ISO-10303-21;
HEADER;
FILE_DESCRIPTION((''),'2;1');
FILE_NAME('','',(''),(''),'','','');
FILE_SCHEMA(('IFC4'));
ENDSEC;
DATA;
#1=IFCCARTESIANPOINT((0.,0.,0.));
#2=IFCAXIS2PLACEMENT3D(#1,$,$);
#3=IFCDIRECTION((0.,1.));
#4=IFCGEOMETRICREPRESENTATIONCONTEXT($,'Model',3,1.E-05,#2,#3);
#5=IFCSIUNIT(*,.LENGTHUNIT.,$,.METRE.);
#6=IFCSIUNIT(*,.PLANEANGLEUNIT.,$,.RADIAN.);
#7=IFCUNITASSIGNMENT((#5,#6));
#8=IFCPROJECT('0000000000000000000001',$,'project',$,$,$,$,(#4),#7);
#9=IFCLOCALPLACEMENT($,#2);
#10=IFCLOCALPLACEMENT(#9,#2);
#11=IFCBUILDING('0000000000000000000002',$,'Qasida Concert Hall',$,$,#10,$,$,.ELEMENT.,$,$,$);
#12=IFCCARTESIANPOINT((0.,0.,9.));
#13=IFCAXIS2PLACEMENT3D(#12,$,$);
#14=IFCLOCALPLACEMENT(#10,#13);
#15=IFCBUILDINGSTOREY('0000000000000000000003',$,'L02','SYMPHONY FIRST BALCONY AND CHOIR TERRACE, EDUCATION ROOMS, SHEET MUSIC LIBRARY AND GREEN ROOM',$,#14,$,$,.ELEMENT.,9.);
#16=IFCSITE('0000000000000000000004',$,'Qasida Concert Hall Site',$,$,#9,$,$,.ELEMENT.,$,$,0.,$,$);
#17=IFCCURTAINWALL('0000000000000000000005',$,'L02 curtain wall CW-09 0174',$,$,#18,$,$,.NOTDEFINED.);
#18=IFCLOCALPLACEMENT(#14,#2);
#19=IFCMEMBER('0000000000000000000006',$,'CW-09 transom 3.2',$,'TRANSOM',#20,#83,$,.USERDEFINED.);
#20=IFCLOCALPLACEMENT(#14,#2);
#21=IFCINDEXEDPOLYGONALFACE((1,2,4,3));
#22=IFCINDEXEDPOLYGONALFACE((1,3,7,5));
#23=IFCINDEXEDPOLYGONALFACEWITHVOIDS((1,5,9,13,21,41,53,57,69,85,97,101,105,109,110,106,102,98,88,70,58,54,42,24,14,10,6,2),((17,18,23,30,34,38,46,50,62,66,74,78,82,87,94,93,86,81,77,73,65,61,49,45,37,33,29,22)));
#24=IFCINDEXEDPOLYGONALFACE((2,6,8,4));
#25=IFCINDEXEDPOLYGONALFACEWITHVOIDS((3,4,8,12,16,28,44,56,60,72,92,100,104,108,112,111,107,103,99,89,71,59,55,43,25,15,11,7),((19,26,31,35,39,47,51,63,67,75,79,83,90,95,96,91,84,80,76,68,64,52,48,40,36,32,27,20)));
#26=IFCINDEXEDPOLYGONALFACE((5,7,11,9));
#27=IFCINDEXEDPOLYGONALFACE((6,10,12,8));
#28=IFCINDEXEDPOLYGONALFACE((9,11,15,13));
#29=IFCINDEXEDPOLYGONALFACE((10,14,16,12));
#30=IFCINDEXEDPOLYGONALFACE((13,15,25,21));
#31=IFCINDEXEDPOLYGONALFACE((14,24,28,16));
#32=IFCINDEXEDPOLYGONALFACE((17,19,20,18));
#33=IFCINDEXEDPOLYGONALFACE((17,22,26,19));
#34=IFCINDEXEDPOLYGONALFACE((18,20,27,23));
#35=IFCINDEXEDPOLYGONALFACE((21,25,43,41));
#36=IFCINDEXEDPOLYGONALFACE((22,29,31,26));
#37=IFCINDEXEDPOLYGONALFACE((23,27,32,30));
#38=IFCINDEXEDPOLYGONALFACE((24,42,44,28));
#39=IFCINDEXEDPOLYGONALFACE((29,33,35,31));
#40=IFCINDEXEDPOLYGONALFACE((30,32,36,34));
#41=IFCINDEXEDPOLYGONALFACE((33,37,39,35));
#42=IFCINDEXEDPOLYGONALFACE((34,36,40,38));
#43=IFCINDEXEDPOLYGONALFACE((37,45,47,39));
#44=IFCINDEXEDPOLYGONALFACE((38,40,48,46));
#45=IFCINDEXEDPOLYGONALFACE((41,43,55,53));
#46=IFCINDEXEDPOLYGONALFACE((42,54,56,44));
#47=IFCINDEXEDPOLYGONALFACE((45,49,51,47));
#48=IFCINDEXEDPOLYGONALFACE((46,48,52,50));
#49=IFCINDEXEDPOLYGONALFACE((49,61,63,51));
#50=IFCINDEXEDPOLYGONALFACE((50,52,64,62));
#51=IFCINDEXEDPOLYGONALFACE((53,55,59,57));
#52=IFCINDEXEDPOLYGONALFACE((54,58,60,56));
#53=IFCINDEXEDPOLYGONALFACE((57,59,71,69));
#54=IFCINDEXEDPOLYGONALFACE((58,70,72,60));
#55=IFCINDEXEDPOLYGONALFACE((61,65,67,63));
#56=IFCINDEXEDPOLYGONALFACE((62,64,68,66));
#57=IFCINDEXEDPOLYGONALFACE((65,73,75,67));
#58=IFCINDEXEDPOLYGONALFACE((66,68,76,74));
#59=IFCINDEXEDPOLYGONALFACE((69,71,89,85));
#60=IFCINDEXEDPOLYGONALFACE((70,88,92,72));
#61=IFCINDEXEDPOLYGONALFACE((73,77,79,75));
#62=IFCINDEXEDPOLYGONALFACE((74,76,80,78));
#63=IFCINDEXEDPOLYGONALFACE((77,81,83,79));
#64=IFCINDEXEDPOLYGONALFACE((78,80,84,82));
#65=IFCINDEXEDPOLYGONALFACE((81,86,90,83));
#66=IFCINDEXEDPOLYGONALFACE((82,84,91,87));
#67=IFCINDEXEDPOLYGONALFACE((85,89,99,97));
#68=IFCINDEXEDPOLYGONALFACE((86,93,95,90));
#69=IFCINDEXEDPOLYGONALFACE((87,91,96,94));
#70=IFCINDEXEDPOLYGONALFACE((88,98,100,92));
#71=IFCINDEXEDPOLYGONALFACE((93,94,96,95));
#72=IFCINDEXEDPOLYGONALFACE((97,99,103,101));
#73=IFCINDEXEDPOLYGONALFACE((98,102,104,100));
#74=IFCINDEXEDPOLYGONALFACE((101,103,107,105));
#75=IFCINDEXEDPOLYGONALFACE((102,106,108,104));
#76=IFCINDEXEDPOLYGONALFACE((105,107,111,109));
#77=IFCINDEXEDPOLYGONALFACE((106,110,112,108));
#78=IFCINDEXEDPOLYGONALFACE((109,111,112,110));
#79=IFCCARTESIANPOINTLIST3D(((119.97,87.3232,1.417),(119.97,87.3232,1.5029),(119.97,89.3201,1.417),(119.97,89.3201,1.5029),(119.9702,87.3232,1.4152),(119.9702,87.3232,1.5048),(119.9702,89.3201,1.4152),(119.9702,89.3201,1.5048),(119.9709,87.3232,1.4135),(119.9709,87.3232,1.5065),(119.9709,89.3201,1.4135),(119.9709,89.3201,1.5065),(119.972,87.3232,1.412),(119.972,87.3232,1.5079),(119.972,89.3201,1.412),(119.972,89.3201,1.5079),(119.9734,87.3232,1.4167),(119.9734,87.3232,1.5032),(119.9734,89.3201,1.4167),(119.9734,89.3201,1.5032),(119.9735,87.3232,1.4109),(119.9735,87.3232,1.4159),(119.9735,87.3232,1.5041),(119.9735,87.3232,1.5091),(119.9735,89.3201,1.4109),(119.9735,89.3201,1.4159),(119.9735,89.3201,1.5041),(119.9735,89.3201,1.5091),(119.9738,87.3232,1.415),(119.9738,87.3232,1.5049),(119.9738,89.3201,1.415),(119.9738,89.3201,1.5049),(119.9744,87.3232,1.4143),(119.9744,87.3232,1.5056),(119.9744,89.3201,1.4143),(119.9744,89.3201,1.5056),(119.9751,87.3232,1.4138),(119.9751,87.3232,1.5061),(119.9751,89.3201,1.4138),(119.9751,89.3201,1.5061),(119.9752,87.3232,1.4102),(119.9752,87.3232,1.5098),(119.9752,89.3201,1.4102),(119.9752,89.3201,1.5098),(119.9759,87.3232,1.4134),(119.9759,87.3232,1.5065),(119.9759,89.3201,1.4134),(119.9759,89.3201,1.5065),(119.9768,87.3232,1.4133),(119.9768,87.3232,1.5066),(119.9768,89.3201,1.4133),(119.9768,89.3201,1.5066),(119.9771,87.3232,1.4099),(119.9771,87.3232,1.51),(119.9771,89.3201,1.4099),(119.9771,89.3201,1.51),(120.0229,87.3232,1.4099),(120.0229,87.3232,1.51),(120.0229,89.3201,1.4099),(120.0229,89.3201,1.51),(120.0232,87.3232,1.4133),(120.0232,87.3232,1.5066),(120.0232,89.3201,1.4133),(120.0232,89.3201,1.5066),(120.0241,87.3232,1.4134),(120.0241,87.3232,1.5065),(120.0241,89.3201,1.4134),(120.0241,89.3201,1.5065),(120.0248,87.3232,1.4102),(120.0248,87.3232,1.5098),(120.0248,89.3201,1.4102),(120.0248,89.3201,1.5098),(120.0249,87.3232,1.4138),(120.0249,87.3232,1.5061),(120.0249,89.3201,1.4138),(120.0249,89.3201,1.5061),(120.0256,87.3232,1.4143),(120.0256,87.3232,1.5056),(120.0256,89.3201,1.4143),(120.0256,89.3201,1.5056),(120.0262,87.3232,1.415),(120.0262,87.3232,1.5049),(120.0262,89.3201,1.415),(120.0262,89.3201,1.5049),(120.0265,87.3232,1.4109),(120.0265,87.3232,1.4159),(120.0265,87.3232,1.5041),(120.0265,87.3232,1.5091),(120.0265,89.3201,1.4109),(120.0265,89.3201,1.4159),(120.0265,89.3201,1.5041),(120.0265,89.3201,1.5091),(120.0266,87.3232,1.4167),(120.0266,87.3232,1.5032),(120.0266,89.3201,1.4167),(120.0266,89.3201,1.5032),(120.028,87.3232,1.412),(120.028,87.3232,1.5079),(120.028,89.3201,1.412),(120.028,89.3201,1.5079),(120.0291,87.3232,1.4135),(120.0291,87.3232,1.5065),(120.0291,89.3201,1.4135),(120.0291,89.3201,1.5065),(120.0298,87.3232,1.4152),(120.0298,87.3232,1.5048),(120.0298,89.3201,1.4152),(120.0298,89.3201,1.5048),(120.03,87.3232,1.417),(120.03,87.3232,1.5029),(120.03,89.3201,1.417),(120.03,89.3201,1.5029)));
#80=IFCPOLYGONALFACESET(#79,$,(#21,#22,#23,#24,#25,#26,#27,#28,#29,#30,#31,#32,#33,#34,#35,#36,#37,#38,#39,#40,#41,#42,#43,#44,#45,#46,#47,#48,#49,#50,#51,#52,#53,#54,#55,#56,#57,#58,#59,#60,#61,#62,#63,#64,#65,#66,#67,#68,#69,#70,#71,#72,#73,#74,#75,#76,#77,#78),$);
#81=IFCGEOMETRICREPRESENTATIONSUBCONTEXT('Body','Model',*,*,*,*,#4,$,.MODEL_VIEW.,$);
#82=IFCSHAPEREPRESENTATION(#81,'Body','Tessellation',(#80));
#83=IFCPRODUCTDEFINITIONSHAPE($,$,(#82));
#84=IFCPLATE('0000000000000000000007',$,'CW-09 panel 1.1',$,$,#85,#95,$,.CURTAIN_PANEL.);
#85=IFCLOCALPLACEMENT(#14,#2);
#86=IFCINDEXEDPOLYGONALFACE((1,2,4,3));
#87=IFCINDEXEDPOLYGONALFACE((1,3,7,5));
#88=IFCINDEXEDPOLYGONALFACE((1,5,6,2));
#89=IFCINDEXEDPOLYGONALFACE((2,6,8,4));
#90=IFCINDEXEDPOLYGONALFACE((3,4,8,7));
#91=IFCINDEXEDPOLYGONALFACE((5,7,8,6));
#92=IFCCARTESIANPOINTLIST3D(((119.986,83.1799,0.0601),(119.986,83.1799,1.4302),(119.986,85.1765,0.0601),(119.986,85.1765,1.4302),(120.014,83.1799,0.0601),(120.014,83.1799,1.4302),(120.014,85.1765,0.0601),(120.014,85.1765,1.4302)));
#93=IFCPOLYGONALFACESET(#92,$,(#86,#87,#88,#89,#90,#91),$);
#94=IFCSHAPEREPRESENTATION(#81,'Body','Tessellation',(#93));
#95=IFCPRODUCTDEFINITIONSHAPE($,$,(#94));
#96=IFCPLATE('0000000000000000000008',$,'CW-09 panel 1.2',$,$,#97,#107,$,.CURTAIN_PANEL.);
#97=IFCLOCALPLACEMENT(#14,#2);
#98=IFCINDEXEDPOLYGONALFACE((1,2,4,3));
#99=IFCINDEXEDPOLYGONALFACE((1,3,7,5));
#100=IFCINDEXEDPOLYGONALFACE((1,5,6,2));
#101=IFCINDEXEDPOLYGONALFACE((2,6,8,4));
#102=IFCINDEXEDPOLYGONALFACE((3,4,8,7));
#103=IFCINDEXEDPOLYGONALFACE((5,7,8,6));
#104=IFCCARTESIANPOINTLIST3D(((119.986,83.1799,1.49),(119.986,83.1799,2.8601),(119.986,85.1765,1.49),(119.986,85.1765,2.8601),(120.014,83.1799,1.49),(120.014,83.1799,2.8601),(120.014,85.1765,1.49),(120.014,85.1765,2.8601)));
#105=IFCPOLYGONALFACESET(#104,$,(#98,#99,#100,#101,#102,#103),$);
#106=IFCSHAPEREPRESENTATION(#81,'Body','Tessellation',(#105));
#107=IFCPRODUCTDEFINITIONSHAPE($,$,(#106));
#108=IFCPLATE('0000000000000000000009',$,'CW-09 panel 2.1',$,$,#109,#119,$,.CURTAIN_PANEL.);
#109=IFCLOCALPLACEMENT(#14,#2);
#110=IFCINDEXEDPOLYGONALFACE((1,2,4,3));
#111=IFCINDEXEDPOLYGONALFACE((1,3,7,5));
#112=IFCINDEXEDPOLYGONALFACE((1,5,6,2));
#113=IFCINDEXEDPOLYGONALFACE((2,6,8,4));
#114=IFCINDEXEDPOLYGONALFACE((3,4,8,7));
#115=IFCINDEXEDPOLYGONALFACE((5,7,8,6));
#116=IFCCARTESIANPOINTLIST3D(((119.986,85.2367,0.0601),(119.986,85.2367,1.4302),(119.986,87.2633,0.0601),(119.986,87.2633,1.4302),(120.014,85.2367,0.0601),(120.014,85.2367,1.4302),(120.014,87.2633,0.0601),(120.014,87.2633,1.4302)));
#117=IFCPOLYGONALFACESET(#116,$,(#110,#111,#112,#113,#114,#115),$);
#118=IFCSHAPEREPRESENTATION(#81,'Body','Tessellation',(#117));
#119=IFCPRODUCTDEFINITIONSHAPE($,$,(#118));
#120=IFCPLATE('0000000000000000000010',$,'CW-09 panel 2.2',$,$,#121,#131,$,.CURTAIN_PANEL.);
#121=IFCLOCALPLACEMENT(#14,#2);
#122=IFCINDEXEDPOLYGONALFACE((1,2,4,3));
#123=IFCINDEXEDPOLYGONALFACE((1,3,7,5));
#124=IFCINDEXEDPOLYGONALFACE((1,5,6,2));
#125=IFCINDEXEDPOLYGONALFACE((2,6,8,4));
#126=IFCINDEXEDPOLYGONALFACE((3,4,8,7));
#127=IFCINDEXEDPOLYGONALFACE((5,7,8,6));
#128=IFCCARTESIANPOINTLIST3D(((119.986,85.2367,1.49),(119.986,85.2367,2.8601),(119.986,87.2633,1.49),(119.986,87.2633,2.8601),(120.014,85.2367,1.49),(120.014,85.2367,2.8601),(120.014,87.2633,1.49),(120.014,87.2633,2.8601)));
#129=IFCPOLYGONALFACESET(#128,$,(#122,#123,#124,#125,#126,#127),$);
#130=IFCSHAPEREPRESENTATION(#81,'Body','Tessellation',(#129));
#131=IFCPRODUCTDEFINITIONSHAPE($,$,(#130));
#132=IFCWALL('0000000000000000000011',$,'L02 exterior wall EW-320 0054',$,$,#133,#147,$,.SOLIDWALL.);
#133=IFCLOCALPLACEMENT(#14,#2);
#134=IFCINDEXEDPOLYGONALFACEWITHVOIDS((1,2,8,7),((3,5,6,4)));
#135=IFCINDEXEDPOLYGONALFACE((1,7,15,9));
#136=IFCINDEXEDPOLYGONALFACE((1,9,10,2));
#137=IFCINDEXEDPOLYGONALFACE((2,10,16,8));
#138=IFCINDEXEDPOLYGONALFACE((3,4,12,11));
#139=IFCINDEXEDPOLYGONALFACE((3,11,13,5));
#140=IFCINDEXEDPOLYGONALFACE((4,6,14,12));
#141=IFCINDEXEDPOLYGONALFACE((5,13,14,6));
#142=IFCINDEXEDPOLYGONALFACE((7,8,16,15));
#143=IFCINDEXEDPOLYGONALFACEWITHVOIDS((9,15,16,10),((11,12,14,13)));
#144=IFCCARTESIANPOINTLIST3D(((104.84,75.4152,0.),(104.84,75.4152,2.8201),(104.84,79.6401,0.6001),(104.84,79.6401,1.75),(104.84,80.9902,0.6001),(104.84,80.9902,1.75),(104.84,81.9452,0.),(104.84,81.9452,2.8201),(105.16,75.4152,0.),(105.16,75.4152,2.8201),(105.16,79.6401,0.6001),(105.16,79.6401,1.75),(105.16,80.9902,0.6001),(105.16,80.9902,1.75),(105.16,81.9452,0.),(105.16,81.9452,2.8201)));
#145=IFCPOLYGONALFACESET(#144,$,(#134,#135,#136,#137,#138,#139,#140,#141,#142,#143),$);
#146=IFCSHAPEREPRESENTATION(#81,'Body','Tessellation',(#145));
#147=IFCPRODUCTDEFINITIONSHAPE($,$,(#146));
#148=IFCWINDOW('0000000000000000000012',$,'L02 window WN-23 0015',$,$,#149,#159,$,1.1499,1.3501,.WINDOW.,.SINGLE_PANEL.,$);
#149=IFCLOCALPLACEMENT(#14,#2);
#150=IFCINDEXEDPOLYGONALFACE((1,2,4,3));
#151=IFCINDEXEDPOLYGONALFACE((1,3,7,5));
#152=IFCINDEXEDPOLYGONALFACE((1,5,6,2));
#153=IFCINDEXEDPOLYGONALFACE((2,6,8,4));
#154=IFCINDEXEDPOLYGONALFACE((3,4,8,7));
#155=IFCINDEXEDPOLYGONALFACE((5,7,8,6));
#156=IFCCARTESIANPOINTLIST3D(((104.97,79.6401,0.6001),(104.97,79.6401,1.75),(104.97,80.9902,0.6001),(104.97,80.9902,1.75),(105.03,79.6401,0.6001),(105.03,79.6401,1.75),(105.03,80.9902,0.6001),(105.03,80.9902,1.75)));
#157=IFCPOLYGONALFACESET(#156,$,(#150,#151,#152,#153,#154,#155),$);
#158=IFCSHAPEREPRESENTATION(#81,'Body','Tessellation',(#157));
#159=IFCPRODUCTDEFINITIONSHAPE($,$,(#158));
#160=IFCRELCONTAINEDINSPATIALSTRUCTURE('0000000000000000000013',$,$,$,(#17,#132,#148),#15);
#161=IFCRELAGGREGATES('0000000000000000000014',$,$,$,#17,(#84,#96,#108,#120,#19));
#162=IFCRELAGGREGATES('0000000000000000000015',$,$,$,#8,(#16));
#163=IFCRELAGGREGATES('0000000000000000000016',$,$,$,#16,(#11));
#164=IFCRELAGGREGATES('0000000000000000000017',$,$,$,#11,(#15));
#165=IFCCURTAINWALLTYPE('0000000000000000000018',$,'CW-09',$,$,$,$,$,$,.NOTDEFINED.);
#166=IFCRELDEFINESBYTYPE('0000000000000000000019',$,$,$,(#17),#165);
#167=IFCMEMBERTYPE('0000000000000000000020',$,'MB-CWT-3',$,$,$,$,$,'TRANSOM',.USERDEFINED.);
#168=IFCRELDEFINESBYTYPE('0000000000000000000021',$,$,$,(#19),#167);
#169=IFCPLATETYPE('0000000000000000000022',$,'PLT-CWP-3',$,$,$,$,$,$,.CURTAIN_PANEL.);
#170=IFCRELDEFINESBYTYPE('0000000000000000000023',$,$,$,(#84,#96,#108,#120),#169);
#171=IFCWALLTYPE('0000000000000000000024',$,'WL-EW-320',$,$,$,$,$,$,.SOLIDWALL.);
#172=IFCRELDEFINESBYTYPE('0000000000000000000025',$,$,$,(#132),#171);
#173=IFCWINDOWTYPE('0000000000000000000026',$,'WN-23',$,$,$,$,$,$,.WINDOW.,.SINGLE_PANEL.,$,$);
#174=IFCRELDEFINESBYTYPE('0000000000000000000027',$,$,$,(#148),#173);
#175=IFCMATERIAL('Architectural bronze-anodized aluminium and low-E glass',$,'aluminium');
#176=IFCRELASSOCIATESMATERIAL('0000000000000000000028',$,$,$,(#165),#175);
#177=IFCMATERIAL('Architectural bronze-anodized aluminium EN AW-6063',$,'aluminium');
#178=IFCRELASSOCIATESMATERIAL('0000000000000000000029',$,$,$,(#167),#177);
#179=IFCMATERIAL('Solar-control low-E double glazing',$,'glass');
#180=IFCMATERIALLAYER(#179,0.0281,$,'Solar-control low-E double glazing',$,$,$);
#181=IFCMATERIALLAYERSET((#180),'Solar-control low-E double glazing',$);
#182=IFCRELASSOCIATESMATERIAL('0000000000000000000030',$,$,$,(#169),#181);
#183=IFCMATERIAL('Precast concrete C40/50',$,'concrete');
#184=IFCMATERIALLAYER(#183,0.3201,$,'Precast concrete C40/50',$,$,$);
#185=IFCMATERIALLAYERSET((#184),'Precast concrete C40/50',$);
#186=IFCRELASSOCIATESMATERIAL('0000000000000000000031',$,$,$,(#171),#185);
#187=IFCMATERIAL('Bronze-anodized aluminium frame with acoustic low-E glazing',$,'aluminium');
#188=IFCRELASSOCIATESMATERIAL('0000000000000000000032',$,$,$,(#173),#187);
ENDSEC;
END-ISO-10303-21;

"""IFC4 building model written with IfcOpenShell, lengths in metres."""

from ifc_helpers import new_model, si_unit, direction, frame, frame_2d, origin, origin_2d, place, context, subcontext, project, spatial, rectangle, hollow_rectangle, extrude, material, layer, layer_set, material_profile, profile_set, type_object, element, fill, aggregate, save


model = new_model("IFC4")

# Units and contexts
model_context = context("Model", 3, precision=1e-05, world=origin(), true_north=direction((0.0, 1.0)))
body_context = subcontext(model_context, "Body", "Model", "MODEL_VIEW")
ifc_project = project(units=[si_unit("LENGTHUNIT", "METRE"), si_unit("PLANEANGLEUNIT", "RADIAN")], contexts=[model_context])

# Site, building, storey
site_placement = place(None, origin())
site = spatial("IfcSite", under=ifc_project, at=site_placement, Name="Qasida Concert Hall Site", CompositionType="ELEMENT", RefElevation=0.0)
building_placement = place(site_placement, origin())
building = spatial("IfcBuilding", under=site, at=building_placement, Name="Qasida Concert Hall", CompositionType="ELEMENT")
storey_placement = place(building_placement, frame((0.0, 0.0, 9.0)))
storey = spatial("IfcBuildingStorey", under=building, at=storey_placement, Name="L02", Description="SYMPHONY FIRST BALCONY AND CHOIR TERRACE, EDUCATION ROOMS, SHEET MUSIC LIBRARY AND GREEN ROOM", CompositionType="ELEMENT", Elevation=9.0)

# Curtain wall, member, plates
ifc_material_1 = material(Name="Architectural bronze-anodized aluminium and low-E glass", Category="aluminium")
curtain_wall_type = type_object("IfcCurtainWallType", Name="CW-09", PredefinedType="NOTDEFINED", material=ifc_material_1)
curtain_wall_placement = place(storey_placement, origin())
curtain_wall = element("IfcCurtainWall", 1, at=curtain_wall_placement, inside=storey, type_object=curtain_wall_type, Name="L02 curtain wall CW-09 0174", PredefinedType="NOTDEFINED")
ifc_material_2 = material(Name="Architectural bronze-anodized aluminium EN AW-6063", Category="aluminium")
ifc_material_profile_1 = material_profile(ifc_material_2, hollow_rectangle(XDim=0.0601, YDim=0.1001, WallThickness=0.0034, InnerFilletRadius=0.0034, OuterFilletRadius=0.0071, at=origin_2d()), Name="CWT 100x60x3.5")
ifc_profile_set_1 = profile_set([ifc_material_profile_1], Name="Architectural bronze-anodized aluminium EN AW-6063")
member_type_1 = type_object("IfcMemberType", Name="MB-CWT-3", ElementType="TRANSOM", PredefinedType="USERDEFINED", material=ifc_profile_set_1)
member_1_placement = place(storey_placement, frame((120.0, 87.3232, 1.46), z_axis=(0.0, 1.0, 0.0), x_axis=(-1.0, 0.0, 0.0)))
member_1 = element("IfcMember", 2, at=member_1_placement, type_object=member_type_1, Name="CW-09 transom 3.2", ObjectType="TRANSOM", PredefinedType="USERDEFINED", context=body_context, shape_type="SweptSolid", body=[
    extrude(hollow_rectangle(XDim=0.0601, YDim=0.1001, WallThickness=0.0034, InnerFilletRadius=0.0034, OuterFilletRadius=0.0071, at=origin_2d()), origin(), (0.0, 0.0, 1.0), 1.9968),
])
ifc_material_3 = material(Name="Solar-control low-E double glazing", Category="glass")
ifc_layer_1 = layer(ifc_material_3, 0.0281, Name="Solar-control low-E double glazing")
ifc_layer_set_1 = layer_set([ifc_layer_1], Name="Solar-control low-E double glazing")
plate_type = type_object("IfcPlateType", Name="PLT-CWP-3", PredefinedType="CURTAIN_PANEL", material=ifc_layer_set_1)
plate_1_placement = place(storey_placement, frame((120.0, 84.1782, 0.0601), z_axis=(0.0, 0.0, 1.0), x_axis=(0.0, 1.0, 0.0)))
plate_1 = element("IfcPlate", 3, at=plate_1_placement, type_object=plate_type, Name="CW-09 panel 1.1", PredefinedType="CURTAIN_PANEL", context=body_context, shape_type="SweptSolid", body=[
    extrude(rectangle(XDim=1.9966, YDim=0.0281, at=origin_2d()), origin(), (0.0, 0.0, 1.0), 1.3701),
])
plate_2_placement = place(storey_placement, frame((120.0, 84.1782, 1.49), z_axis=(0.0, 0.0, 1.0), x_axis=(0.0, 1.0, 0.0)))
plate_2 = element("IfcPlate", 4, at=plate_2_placement, type_object=plate_type, Name="CW-09 panel 1.2", PredefinedType="CURTAIN_PANEL", context=body_context, shape_type="SweptSolid", body=[
    extrude(rectangle(XDim=1.9966, YDim=0.0281, at=origin_2d()), origin(), (0.0, 0.0, 1.0), 1.3701),
])
plate_3_placement = place(storey_placement, frame((120.0, 86.25, 0.0601), z_axis=(0.0, 0.0, 1.0), x_axis=(0.0, 1.0, 0.0)))
plate_3 = element("IfcPlate", 5, at=plate_3_placement, type_object=plate_type, Name="CW-09 panel 2.1", PredefinedType="CURTAIN_PANEL", context=body_context, shape_type="SweptSolid", body=[
    extrude(rectangle(XDim=2.0266, YDim=0.0281, at=origin_2d()), origin(), (0.0, 0.0, 1.0), 1.3701),
])
plate_4_placement = place(storey_placement, frame((120.0, 86.25, 1.49), z_axis=(0.0, 0.0, 1.0), x_axis=(0.0, 1.0, 0.0)))
plate_4 = element("IfcPlate", 6, at=plate_4_placement, type_object=plate_type, Name="CW-09 panel 2.2", PredefinedType="CURTAIN_PANEL", context=body_context, shape_type="SweptSolid", body=[
    extrude(rectangle(XDim=2.0266, YDim=0.0281, at=origin_2d()), origin(), (0.0, 0.0, 1.0), 1.3701),
])
aggregate(curtain_wall, [plate_1, plate_2, plate_3, plate_4, member_1])

# Wall, opening, window
ifc_material_4 = material(Name="Precast concrete C40/50", Category="concrete")
ifc_layer_2 = layer(ifc_material_4, 0.3201, Name="Precast concrete C40/50")
ifc_layer_set_2 = layer_set([ifc_layer_2], Name="Precast concrete C40/50")
wall_type = type_object("IfcWallType", Name="WL-EW-320", PredefinedType="SOLIDWALL", material=ifc_layer_set_2)
wall_1_placement = place(storey_placement, frame((105.0, 75.415, 0.0), z_axis=(0.0, 0.0, 1.0), x_axis=(0.0, 1.0, 0.0)))
wall_1 = element("IfcWall", 7, at=wall_1_placement, inside=storey, type_object=wall_type, Name="L02 exterior wall EW-320 0054", PredefinedType="SOLIDWALL", context=body_context, shape_type="SweptSolid", body=[
    extrude(rectangle(XDim=6.53, YDim=0.3201, at=frame_2d((3.2651, 0.0))), origin(), (0.0, 0.0, 1.0), 2.8201),
])
opening_1_placement = place(wall_1_placement, frame((4.2251, 0.0, 0.6001)))
opening_1 = element("IfcOpeningElement", 8, at=opening_1_placement, cuts=wall_1, PredefinedType="OPENING", context=body_context, shape_type="SweptSolid", body=[
    extrude(rectangle(XDim=1.3501, YDim=1.1499, at=frame_2d((0.675, 0.575))), frame((0.0, 0.1699, 0.0), z_axis=(0.0, -1.0, 0.0), x_axis=(1.0, 0.0, 0.0)), (0.0, 0.0, 1.0), 0.3401),
])
ifc_material_5 = material(Name="Bronze-anodized aluminium frame with acoustic low-E glazing", Category="aluminium")
window_type_1 = type_object("IfcWindowType", Name="WN-23", PartitioningType="SINGLE_PANEL", PredefinedType="WINDOW", material=ifc_material_5)
window_1_placement = place(opening_1_placement, origin())
window_1 = element("IfcWindow", 9, at=window_1_placement, inside=storey, type_object=window_type_1, Name="L02 window WN-23 0015", OverallHeight=1.1499, OverallWidth=1.3501, PartitioningType="SINGLE_PANEL", PredefinedType="WINDOW", context=body_context, shape_type="SweptSolid", body=[
    extrude(rectangle(XDim=1.3501, YDim=1.1499, at=frame_2d((0.675, 0.575))), frame((0.0, 0.03, 0.0), z_axis=(0.0, -1.0, 0.0), x_axis=(1.0, 0.0, 0.0)), (0.0, 0.0, 1.0), 0.0601),
])
fill(opening_1, window_1)

save(model, "model.ifc")
